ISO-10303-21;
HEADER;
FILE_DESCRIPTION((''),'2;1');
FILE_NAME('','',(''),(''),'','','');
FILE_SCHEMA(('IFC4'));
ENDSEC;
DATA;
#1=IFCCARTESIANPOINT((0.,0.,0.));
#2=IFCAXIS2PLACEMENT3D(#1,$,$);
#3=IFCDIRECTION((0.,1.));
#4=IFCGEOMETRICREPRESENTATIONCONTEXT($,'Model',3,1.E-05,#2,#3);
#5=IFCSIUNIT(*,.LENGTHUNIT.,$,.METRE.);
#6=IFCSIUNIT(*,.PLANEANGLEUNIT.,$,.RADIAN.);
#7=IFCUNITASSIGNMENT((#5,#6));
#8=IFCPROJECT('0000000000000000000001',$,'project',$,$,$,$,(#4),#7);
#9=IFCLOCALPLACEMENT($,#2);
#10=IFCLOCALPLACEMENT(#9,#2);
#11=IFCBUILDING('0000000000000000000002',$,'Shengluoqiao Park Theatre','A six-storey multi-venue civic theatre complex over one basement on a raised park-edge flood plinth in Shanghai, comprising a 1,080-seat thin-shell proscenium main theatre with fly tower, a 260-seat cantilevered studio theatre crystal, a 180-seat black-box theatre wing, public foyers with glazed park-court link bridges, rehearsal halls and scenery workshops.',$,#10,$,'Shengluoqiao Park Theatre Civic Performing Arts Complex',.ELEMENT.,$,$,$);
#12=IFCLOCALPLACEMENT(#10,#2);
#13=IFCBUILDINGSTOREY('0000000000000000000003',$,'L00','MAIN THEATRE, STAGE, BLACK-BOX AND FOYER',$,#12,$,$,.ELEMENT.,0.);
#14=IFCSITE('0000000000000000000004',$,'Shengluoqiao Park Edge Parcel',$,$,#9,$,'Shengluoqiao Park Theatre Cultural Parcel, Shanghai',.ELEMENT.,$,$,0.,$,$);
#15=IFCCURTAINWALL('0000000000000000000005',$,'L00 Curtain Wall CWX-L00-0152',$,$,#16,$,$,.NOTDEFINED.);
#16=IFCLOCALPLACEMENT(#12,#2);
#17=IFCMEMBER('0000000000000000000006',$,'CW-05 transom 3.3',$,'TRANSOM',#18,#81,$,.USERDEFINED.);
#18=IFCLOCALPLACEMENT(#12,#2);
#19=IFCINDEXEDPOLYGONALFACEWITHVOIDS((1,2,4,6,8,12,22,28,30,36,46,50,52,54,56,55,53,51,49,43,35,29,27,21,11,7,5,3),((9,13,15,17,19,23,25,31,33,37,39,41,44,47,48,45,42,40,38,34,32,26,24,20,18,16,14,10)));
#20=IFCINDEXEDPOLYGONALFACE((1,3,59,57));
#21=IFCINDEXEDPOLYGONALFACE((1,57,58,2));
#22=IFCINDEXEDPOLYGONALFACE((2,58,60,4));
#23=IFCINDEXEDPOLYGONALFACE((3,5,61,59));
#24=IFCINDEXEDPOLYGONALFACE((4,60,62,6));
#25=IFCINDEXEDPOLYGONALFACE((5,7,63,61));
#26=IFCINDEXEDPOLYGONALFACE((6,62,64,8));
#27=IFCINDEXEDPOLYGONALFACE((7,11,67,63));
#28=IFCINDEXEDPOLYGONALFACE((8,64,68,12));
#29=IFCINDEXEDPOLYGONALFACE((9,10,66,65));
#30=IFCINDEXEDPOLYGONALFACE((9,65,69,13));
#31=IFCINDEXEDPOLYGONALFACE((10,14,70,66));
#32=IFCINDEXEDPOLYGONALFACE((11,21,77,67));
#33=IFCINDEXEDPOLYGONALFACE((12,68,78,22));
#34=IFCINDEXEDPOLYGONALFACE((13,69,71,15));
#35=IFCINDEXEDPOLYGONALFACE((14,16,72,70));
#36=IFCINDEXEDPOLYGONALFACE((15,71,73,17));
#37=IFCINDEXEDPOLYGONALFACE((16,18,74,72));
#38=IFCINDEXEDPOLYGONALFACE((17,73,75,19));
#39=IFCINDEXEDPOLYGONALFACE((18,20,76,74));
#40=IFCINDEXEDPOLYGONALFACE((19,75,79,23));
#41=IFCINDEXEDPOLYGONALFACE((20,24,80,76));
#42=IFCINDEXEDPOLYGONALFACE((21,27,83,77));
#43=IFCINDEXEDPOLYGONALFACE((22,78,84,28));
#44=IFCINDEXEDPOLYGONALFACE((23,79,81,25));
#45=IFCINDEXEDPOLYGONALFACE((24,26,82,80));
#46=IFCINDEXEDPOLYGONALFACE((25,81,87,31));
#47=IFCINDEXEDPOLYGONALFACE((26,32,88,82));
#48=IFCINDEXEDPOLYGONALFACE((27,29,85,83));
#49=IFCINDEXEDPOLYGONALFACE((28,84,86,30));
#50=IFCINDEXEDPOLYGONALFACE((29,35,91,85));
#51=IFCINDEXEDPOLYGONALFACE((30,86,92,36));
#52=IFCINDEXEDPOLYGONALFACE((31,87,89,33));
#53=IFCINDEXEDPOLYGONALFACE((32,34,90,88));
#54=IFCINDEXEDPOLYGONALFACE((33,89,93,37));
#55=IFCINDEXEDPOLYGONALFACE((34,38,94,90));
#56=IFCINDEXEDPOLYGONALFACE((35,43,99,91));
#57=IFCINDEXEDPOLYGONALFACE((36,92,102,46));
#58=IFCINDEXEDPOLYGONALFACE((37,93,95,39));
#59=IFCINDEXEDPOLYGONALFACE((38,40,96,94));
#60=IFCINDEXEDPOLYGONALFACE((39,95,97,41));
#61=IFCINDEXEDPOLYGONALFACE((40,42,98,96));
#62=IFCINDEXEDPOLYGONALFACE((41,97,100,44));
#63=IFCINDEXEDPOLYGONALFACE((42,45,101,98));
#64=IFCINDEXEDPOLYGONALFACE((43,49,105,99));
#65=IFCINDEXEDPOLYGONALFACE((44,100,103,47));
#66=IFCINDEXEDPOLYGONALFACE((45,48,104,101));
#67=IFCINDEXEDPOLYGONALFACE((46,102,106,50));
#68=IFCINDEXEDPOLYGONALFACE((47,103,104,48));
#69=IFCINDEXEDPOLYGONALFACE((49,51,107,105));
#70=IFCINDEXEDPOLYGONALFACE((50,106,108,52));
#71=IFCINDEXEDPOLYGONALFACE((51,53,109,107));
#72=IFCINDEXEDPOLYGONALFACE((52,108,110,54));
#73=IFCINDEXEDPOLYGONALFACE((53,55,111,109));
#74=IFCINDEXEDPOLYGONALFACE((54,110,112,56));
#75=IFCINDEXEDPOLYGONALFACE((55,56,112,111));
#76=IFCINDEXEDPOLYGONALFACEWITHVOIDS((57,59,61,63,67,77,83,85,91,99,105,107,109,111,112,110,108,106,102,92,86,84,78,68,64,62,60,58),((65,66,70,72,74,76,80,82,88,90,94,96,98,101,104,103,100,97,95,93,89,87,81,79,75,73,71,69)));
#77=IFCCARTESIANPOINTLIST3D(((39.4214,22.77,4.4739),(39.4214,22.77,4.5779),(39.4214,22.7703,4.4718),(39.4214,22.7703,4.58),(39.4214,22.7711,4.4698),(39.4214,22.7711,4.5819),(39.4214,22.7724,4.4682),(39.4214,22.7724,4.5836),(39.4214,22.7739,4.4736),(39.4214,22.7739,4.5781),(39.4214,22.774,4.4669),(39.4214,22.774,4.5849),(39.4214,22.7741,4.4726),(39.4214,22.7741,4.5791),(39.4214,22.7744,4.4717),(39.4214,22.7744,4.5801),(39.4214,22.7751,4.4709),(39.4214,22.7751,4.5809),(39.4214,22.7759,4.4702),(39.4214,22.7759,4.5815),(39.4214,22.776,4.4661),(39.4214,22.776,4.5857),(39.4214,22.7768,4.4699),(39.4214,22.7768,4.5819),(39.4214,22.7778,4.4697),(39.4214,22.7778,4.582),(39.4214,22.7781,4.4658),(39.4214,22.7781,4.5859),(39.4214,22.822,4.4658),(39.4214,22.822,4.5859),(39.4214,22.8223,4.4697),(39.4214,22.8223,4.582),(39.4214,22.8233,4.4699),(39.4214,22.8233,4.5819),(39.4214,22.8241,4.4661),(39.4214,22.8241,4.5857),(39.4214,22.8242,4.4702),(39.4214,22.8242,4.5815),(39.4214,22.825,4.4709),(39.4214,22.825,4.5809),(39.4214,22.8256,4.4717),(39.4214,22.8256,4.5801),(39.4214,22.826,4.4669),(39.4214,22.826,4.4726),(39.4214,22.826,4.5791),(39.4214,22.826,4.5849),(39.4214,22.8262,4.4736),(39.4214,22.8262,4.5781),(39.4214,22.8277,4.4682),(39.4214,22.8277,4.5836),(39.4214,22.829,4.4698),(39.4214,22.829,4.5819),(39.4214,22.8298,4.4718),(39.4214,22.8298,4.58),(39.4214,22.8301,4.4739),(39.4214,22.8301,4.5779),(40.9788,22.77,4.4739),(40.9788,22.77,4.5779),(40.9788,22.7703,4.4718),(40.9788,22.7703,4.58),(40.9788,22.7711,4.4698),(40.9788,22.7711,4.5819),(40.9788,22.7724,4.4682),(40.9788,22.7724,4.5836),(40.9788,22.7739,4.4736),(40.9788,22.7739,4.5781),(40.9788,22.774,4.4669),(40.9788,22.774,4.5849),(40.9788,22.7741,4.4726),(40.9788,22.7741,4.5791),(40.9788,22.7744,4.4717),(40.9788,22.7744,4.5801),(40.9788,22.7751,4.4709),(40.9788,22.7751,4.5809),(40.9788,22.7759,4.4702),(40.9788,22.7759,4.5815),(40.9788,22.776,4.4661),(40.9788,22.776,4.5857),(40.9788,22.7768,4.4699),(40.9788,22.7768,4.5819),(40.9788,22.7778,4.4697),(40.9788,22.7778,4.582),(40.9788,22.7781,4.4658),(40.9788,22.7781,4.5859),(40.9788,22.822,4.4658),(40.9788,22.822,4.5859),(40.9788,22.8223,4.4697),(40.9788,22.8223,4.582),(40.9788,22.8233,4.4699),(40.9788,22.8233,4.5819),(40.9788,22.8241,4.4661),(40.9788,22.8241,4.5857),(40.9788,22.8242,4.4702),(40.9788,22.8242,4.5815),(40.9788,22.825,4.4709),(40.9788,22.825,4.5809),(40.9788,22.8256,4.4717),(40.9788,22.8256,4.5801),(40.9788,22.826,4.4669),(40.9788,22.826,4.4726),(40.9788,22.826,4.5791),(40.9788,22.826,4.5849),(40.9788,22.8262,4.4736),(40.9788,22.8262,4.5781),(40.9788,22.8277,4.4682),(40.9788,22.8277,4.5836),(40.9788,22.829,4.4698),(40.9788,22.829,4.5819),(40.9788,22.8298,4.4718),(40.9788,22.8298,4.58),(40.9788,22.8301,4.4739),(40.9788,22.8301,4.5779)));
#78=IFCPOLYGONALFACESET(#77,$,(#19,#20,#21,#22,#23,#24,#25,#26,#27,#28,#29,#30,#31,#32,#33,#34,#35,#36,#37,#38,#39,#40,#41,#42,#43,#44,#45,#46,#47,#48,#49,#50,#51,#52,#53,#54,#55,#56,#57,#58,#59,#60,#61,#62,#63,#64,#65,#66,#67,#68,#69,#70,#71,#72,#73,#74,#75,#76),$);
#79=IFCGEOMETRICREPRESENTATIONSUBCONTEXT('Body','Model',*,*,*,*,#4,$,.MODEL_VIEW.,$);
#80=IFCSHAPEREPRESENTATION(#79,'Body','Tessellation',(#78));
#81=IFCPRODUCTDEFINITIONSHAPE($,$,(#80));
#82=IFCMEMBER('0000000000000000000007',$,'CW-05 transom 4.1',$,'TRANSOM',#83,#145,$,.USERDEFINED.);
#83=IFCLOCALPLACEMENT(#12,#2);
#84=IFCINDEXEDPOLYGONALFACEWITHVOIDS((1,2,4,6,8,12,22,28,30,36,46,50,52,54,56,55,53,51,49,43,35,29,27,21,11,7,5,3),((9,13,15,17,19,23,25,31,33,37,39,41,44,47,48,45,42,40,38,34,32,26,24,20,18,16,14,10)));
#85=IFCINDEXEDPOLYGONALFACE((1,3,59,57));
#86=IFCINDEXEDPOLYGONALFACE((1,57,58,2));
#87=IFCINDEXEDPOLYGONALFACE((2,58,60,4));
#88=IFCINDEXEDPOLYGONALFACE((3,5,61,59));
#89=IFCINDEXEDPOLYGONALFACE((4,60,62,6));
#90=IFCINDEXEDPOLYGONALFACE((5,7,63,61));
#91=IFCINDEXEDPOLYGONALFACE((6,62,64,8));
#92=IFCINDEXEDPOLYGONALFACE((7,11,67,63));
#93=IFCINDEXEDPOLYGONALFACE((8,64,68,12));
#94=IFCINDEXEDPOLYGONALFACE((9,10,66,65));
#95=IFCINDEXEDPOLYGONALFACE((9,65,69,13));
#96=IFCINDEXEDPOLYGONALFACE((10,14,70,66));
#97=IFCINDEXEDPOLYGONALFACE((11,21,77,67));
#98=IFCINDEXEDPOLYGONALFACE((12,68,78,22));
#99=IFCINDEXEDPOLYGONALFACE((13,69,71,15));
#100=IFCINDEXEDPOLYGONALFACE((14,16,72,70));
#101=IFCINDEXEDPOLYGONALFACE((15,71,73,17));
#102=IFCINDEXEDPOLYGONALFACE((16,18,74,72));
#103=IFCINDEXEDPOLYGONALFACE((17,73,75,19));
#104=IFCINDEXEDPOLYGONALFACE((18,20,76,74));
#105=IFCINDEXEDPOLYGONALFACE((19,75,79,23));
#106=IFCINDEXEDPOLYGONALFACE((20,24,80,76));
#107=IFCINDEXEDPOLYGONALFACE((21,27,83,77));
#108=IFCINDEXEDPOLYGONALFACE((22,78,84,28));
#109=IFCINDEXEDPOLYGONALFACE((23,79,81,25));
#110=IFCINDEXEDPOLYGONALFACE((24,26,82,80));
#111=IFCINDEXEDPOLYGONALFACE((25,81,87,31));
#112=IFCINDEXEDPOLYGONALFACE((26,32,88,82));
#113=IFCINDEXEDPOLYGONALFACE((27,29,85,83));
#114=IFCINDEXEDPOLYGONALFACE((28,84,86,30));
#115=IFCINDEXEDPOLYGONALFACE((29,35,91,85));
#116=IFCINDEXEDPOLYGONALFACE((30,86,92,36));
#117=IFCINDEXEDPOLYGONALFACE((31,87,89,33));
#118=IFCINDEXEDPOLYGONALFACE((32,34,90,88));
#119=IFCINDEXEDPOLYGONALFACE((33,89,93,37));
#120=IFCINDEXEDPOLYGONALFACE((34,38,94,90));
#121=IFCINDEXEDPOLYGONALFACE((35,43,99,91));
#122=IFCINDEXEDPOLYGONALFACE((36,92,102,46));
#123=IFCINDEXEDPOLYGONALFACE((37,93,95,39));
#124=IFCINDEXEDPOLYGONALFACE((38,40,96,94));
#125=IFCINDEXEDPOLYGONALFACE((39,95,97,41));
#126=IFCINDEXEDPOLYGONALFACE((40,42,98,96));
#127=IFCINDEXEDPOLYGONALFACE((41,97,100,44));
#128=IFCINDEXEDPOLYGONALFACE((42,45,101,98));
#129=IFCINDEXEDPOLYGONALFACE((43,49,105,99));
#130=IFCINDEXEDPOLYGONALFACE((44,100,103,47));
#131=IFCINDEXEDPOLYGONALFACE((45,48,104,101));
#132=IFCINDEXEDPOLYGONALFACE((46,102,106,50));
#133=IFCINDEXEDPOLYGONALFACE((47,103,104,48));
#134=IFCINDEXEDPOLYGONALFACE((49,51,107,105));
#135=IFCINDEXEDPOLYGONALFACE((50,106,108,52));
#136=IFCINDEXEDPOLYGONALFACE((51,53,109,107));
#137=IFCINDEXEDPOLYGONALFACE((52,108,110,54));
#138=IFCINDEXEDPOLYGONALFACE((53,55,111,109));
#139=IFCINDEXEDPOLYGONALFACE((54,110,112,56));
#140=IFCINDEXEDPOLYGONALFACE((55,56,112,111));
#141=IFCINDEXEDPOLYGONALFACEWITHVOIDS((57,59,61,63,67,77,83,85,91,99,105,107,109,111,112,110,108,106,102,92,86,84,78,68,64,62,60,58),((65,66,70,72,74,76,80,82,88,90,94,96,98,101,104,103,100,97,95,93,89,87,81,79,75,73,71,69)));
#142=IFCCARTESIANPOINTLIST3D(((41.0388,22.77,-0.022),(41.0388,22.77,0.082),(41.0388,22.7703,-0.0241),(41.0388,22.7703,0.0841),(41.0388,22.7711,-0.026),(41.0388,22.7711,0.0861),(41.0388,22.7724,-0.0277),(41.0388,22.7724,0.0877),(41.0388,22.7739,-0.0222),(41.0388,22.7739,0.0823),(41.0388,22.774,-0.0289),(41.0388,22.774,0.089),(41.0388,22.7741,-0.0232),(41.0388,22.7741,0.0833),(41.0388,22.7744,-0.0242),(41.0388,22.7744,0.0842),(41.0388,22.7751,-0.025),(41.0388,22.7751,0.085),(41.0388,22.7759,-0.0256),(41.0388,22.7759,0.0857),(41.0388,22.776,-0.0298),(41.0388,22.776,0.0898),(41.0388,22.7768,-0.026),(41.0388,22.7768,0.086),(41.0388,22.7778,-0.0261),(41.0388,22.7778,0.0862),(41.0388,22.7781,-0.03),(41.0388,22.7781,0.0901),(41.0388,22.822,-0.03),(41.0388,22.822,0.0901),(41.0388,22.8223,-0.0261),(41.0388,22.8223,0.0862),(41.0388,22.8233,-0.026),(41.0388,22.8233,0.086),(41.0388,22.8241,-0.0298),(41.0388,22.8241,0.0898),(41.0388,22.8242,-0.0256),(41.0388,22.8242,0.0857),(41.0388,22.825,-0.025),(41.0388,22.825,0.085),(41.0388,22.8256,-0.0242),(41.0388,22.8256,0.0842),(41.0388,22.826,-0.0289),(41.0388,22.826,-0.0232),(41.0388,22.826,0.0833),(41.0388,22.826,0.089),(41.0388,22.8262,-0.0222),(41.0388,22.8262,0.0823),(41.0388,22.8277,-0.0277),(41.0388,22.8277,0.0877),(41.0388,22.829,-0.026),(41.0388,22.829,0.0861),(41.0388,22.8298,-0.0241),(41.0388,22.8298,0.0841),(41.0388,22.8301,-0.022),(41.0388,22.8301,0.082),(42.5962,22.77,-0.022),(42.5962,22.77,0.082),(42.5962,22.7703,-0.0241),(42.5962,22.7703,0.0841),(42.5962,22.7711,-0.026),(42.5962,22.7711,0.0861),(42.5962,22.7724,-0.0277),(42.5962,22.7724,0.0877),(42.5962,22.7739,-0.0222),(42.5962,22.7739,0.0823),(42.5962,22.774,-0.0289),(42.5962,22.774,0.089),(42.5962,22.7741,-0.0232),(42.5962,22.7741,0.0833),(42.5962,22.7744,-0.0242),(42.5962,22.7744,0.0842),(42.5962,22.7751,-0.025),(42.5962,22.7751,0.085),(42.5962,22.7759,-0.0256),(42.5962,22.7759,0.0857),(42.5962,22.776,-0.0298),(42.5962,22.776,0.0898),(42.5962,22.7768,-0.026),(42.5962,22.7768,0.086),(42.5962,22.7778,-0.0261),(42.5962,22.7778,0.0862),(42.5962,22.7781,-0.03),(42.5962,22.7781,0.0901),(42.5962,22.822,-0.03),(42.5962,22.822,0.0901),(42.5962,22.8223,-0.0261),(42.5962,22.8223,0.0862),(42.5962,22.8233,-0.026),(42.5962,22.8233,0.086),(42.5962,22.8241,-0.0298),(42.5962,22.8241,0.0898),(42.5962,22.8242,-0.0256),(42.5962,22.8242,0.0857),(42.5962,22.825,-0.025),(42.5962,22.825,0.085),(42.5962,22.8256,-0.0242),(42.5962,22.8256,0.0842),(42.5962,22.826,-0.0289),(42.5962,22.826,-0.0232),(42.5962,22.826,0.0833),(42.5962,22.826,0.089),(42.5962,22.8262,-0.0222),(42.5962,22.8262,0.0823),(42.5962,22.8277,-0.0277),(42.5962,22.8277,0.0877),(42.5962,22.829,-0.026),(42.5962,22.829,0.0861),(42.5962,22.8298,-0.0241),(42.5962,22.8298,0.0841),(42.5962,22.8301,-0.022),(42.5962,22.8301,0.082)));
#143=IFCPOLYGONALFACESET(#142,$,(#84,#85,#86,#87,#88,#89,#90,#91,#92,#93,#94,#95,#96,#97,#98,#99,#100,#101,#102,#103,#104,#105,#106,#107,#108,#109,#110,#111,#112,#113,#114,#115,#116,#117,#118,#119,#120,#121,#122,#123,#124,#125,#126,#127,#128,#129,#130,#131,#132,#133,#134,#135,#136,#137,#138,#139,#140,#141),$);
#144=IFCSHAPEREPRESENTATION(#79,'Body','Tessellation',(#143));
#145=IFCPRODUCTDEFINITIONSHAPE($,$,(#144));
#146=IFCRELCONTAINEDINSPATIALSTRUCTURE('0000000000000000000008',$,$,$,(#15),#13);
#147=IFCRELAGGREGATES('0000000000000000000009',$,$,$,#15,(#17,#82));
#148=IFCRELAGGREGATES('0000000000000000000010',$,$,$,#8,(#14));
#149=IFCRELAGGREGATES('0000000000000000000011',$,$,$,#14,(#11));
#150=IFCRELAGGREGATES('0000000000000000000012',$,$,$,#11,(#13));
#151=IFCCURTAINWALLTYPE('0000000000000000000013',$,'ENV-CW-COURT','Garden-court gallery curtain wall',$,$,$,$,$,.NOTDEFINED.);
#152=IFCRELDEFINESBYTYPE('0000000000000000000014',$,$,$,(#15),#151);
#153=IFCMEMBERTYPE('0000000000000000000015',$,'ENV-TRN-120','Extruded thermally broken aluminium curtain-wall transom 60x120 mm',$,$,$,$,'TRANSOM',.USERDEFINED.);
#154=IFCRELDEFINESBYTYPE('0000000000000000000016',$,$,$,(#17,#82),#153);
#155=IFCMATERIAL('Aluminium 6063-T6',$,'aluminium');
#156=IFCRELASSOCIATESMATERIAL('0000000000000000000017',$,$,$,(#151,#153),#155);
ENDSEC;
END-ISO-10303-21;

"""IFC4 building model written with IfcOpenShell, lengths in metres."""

from ifc_helpers import new_model, si_unit, direction, frame, origin, origin_2d, place, context, subcontext, project, spatial, hollow_rectangle, extrude, material, material_profile, profile_set, type_object, element, aggregate, save


model = new_model("IFC4")

# Units and contexts
model_context = context("Model", 3, precision=1e-05, world=origin(), true_north=direction((0.0, 1.0)))
body_context = subcontext(model_context, "Body", "Model", "MODEL_VIEW")
ifc_project = project(units=[si_unit("LENGTHUNIT", "METRE"), si_unit("PLANEANGLEUNIT", "RADIAN")], contexts=[model_context])

# Site, building, storey
site_placement = place(None, origin())
site = spatial("IfcSite", under=ifc_project, at=site_placement, Name="Shengluoqiao Park Edge Parcel", LongName="Shengluoqiao Park Theatre Cultural Parcel, Shanghai", CompositionType="ELEMENT", RefElevation=0.0)
building_placement = place(site_placement, origin())
building = spatial("IfcBuilding", under=site, at=building_placement, Name="Shengluoqiao Park Theatre", Description="A six-storey multi-venue civic theatre complex over one basement on a raised park-edge flood plinth in Shanghai, comprising a 1,080-seat thin-shell proscenium main theatre with fly tower, a 260-seat cantilevered studio theatre crystal, a 180-seat black-box theatre wing, public foyers with glazed park-court link bridges, rehearsal halls and scenery workshops.", LongName="Shengluoqiao Park Theatre Civic Performing Arts Complex", CompositionType="ELEMENT")
storey_placement = place(building_placement, origin())
storey = spatial("IfcBuildingStorey", under=building, at=storey_placement, Name="L00", Description="MAIN THEATRE, STAGE, BLACK-BOX AND FOYER", CompositionType="ELEMENT", Elevation=0.0)

# Curtain wall
ifc_material_1 = material(Name="Aluminium 6063-T6", Category="aluminium")
curtain_wall_type = type_object("IfcCurtainWallType", Name="ENV-CW-COURT", Description="Garden-court gallery curtain wall", PredefinedType="NOTDEFINED", material=ifc_material_1)
curtain_wall_1_placement = place(storey_placement, origin())
curtain_wall_1 = element("IfcCurtainWall", 1, at=curtain_wall_1_placement, inside=storey, type_object=curtain_wall_type, Name="L00 Curtain Wall CWX-L00-0152", PredefinedType="NOTDEFINED")

# Shared definitions
ifc_material_profile_1 = material_profile(ifc_material_1, hollow_rectangle(XDim=0.0601, YDim=0.1201, WallThickness=0.0039, InnerFilletRadius=0.0039, OuterFilletRadius=0.0081, at=origin_2d()), Name="ALU TRANSOM 120x60x4")
ifc_profile_set_1 = profile_set([ifc_material_profile_1], Name="Aluminium 6063-T6")
member_type_1 = type_object("IfcMemberType", Name="ENV-TRN-120", Description="Extruded thermally broken aluminium curtain-wall transom 60x120 mm", ElementType="TRANSOM", PredefinedType="USERDEFINED", material=ifc_profile_set_1)

# Members
member_1_placement = place(storey_placement, frame((39.4214, 22.8, 4.5259), z_axis=(1.0, 0.0, 0.0), x_axis=(0.0, 1.0, 0.0)))
member_1 = element("IfcMember", 2, at=member_1_placement, type_object=member_type_1, Name="CW-05 transom 3.3", ObjectType="TRANSOM", PredefinedType="USERDEFINED", context=body_context, shape_type="SweptSolid", body=[
    extrude(hollow_rectangle(XDim=0.0601, YDim=0.1201, WallThickness=0.0039, InnerFilletRadius=0.0039, OuterFilletRadius=0.0081, at=origin_2d()), origin(), (0.0, 0.0, 1.0), 1.5574),
])
member_2_placement = place(storey_placement, frame((41.0388, 22.8, 0.03), z_axis=(1.0, 0.0, 0.0), x_axis=(0.0, 1.0, 0.0)))
member_2 = element("IfcMember", 3, at=member_2_placement, type_object=member_type_1, Name="CW-05 transom 4.1", ObjectType="TRANSOM", PredefinedType="USERDEFINED", context=body_context, shape_type="SweptSolid", body=[
    extrude(hollow_rectangle(XDim=0.0601, YDim=0.1201, WallThickness=0.0039, InnerFilletRadius=0.0039, OuterFilletRadius=0.0081, at=origin_2d()), origin(), (0.0, 0.0, 1.0), 1.5574),
])

aggregate(curtain_wall_1, [member_1, member_2])

save(model, "model.ifc")
